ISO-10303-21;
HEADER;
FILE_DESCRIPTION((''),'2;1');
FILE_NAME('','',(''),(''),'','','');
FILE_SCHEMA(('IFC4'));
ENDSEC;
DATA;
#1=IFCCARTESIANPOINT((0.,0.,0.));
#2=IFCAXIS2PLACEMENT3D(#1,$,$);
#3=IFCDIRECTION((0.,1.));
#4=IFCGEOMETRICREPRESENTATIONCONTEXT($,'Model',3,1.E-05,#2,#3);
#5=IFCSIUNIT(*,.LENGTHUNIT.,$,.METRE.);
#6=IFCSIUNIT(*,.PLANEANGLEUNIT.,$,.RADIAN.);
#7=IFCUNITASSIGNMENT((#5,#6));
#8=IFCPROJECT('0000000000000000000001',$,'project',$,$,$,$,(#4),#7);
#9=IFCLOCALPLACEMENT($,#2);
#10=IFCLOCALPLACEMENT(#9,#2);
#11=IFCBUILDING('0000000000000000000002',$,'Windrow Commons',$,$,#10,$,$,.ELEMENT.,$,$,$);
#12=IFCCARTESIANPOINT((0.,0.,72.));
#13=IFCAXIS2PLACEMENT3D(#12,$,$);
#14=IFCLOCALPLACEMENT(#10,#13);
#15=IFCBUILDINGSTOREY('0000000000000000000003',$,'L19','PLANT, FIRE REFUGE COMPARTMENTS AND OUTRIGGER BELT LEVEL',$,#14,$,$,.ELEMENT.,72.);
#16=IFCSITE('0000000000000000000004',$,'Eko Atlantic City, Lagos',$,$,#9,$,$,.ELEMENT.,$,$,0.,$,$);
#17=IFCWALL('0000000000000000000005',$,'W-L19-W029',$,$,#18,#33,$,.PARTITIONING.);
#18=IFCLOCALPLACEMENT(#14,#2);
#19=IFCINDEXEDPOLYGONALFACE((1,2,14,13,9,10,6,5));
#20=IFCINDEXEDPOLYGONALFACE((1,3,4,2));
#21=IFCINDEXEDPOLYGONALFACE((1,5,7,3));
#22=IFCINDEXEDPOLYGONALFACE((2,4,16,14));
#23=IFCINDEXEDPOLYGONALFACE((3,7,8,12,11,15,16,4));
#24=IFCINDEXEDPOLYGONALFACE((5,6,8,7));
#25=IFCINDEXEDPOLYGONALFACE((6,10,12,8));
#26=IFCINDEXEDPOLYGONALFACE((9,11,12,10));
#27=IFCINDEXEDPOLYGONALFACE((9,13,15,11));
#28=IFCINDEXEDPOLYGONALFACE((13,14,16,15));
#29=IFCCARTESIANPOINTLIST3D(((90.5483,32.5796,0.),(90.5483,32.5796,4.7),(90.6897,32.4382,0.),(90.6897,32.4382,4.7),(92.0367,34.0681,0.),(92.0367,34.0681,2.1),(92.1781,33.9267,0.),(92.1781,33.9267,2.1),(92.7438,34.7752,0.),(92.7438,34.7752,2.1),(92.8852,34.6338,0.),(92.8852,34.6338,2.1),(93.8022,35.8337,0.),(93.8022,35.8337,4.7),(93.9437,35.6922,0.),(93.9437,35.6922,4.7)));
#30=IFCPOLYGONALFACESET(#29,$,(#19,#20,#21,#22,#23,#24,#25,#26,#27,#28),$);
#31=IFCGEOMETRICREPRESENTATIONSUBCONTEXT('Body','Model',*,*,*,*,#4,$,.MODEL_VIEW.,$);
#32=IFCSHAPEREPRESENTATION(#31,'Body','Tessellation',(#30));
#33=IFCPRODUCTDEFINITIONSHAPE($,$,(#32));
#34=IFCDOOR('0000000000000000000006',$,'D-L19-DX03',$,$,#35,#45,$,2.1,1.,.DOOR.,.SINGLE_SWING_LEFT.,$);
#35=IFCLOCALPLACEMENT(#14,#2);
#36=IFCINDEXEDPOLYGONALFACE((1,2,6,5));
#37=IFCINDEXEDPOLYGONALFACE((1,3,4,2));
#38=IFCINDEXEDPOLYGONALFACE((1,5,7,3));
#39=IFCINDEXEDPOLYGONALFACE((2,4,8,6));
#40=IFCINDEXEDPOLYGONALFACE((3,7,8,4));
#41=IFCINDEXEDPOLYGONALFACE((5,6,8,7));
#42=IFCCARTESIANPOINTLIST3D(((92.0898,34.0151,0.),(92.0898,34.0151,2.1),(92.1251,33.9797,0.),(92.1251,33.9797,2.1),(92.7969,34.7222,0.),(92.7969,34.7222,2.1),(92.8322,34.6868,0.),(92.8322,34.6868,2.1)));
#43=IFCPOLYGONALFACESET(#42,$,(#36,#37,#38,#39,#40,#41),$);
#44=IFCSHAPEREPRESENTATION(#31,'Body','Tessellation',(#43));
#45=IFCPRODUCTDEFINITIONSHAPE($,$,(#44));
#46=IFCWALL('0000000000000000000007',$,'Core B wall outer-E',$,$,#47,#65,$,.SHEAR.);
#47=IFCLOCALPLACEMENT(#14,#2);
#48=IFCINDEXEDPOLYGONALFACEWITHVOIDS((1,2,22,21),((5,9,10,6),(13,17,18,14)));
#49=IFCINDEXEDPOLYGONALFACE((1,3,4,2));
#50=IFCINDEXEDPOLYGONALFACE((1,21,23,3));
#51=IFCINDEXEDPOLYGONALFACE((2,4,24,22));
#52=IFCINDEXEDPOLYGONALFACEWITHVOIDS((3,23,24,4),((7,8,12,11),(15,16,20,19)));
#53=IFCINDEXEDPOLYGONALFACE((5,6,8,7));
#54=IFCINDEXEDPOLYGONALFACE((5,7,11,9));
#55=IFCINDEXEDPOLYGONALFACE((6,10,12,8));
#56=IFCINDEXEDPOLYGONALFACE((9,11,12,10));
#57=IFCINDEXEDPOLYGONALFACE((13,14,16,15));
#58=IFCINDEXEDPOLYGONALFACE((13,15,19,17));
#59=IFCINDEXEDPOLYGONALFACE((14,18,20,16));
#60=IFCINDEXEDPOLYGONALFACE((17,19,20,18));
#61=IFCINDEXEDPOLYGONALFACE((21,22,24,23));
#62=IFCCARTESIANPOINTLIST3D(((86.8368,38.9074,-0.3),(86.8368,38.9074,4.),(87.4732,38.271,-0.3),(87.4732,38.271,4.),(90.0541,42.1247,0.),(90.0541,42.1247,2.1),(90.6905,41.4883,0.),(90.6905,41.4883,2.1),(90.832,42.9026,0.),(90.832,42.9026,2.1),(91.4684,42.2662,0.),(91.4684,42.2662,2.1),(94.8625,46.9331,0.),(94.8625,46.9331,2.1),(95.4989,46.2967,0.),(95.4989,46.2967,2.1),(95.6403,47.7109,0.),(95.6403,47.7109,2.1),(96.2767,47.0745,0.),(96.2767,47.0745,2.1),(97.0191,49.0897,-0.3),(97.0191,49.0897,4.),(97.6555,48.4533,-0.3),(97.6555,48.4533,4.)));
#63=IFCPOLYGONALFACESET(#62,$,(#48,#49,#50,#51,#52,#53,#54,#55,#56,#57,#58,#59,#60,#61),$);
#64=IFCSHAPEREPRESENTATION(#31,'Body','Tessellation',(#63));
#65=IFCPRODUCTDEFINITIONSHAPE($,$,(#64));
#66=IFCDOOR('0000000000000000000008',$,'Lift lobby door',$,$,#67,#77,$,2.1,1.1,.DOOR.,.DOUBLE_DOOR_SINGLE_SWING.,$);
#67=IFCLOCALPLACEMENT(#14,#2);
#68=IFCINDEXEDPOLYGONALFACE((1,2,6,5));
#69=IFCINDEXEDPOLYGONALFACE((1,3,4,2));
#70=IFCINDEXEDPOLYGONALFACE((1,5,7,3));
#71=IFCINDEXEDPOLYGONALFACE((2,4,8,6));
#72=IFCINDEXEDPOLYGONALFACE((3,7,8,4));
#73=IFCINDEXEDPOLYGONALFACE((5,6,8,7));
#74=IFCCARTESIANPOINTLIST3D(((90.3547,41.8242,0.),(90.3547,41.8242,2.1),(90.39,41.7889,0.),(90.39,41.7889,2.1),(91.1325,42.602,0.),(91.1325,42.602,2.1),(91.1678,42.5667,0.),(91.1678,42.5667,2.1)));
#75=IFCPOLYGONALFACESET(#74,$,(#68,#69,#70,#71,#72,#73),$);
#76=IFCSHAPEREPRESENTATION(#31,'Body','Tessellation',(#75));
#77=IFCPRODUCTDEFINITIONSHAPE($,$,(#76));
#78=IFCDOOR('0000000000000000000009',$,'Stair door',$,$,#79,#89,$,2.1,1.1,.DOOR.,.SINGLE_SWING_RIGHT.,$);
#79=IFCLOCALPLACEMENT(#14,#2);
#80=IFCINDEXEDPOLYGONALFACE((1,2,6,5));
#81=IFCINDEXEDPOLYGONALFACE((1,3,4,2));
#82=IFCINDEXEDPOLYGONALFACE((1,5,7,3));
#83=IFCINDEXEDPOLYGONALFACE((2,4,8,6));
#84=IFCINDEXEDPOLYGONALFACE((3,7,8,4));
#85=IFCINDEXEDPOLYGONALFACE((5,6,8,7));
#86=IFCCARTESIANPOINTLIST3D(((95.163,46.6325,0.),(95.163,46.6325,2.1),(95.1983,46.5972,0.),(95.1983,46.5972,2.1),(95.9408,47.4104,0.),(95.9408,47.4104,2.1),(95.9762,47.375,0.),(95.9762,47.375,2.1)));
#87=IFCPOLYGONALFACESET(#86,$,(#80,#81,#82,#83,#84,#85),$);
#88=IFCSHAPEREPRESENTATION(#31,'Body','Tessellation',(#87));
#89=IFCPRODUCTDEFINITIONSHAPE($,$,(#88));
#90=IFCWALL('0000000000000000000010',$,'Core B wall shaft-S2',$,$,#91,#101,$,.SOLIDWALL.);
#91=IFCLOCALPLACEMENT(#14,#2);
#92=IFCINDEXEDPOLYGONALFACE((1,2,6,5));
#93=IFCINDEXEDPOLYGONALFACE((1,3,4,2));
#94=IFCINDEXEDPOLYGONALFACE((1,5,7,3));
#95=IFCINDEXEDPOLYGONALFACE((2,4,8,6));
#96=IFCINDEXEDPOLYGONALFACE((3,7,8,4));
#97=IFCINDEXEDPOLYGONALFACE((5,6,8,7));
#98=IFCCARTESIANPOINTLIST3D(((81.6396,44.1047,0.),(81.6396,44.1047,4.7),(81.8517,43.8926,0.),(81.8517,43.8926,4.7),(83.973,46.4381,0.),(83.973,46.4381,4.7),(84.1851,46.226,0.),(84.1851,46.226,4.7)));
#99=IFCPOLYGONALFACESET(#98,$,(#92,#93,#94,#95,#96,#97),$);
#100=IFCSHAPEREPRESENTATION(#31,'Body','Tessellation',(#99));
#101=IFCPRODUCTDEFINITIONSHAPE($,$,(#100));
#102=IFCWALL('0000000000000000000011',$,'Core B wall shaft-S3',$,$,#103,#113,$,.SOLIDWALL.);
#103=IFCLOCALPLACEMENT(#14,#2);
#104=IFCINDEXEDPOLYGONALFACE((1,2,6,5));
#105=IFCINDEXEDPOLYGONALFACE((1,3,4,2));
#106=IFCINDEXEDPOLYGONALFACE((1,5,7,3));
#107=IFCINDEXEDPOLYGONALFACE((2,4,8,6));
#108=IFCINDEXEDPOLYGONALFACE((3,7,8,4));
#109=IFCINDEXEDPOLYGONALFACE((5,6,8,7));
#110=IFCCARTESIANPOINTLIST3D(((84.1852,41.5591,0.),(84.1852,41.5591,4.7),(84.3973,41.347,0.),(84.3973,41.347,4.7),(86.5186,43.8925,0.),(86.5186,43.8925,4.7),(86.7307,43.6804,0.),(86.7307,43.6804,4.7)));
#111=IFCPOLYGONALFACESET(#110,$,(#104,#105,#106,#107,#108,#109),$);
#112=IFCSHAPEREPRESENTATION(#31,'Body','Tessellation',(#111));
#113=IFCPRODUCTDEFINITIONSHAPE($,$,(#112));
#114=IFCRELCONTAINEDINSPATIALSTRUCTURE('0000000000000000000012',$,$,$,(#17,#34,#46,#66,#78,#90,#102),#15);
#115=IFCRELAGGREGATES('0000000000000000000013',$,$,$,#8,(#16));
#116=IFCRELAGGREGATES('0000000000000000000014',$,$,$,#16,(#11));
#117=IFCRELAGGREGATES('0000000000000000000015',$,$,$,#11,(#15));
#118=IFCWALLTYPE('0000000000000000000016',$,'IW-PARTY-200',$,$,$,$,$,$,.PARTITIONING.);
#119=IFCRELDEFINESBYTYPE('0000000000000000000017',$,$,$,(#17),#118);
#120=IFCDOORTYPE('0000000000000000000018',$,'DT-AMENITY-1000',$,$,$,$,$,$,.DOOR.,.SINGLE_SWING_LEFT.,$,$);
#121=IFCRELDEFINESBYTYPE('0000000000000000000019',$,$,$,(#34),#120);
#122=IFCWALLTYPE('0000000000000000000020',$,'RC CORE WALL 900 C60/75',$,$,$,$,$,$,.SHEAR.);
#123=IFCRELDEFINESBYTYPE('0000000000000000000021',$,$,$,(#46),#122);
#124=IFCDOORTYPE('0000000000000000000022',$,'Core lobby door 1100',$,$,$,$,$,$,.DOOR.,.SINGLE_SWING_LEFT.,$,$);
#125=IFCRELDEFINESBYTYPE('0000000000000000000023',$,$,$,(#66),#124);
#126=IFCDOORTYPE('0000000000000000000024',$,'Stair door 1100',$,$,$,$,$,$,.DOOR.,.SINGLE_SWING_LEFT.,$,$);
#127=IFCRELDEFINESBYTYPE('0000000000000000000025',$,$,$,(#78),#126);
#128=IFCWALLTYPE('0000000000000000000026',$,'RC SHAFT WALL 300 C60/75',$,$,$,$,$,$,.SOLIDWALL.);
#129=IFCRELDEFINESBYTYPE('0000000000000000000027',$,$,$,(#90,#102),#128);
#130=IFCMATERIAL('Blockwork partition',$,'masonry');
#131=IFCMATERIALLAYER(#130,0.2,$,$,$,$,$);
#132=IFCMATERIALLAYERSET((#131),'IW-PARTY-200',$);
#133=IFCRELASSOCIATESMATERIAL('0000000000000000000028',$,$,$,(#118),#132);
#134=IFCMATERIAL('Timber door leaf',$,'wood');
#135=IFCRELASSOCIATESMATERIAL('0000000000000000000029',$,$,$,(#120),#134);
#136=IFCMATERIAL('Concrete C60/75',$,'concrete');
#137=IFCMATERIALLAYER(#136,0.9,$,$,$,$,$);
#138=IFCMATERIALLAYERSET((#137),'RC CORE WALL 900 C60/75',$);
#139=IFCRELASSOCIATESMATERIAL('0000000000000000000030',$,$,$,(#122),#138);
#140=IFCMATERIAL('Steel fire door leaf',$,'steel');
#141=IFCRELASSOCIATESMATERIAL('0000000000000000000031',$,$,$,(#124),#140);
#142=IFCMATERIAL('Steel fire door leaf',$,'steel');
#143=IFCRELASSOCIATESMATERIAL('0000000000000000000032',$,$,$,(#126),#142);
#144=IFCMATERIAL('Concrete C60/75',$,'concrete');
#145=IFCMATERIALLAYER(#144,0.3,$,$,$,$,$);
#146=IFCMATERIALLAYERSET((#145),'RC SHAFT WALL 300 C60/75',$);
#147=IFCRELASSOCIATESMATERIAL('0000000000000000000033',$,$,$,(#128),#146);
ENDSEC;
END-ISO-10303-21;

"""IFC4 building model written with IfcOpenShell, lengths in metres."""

from ifc_helpers import new_model, si_unit, direction, frame, frame_2d, origin, place, context, subcontext, project, spatial, rectangle, extrude, material, layer, layer_set, type_object, element, fill, save


model = new_model("IFC4")

# Units and contexts
model_context = context("Model", 3, precision=1e-05, world=origin(), true_north=direction((0.0, 1.0)))
body_context = subcontext(model_context, "Body", "Model", "MODEL_VIEW")
ifc_project = project(units=[si_unit("LENGTHUNIT", "METRE"), si_unit("PLANEANGLEUNIT", "RADIAN")], contexts=[model_context])

# Site, building, storey
site_placement = place(None, origin())
site = spatial("IfcSite", under=ifc_project, at=site_placement, Name="Eko Atlantic City, Lagos", CompositionType="ELEMENT", RefElevation=0.0)
building_placement = place(site_placement, origin())
building = spatial("IfcBuilding", under=site, at=building_placement, Name="Windrow Commons", CompositionType="ELEMENT")
storey_placement = place(building_placement, frame((0.0, 0.0, 72.0)))
storey = spatial("IfcBuildingStorey", under=building, at=storey_placement, Name="L19", Description="PLANT, FIRE REFUGE COMPARTMENTS AND OUTRIGGER BELT LEVEL", CompositionType="ELEMENT", Elevation=72.0)

# Shared definitions
ifc_material_1 = material(Name="Blockwork partition", Category="masonry")
ifc_layer_1 = layer(ifc_material_1, 0.2)
ifc_layer_set_1 = layer_set([ifc_layer_1], Name="IW-PARTY-200")
wall_type_1 = type_object("IfcWallType", Name="IW-PARTY-200", PredefinedType="PARTITIONING", material=ifc_layer_set_1)

# Wall, opening, door
wall_1_placement = place(storey_placement, frame((90.619, 32.5089, 0.0), z_axis=(0.0, 0.0, 1.0), x_axis=(0.707096, 0.707118, 0.0)))
wall_1 = element("IfcWall", 1, at=wall_1_placement, inside=storey, type_object=wall_type_1, Name="W-L19-W029", PredefinedType="PARTITIONING", context=body_context, shape_type="SweptSolid", body=[
    extrude(rectangle(XDim=4.6019, YDim=0.2, at=frame_2d((2.3009, 0.0))), origin(), (0.0, 0.0, 1.0), 4.7),
])
opening_1_placement = place(wall_1_placement, frame((2.105, 0.0, 0.0)))
opening_1 = element("IfcOpeningElement", 2, at=opening_1_placement, cuts=wall_1, PredefinedType="OPENING", context=body_context, shape_type="SweptSolid", body=[
    extrude(rectangle(XDim=1.0, YDim=2.1, at=frame_2d((0.5, 1.05))), frame((0.0, 0.11, 0.0), z_axis=(0.0, -1.0, 0.0), x_axis=(1.0, 0.0, 0.0)), (0.0, 0.0, 1.0), 0.22),
])
ifc_material_2 = material(Name="Timber door leaf", Category="wood")
door_type_1 = type_object("IfcDoorType", Name="DT-AMENITY-1000", OperationType="SINGLE_SWING_LEFT", PredefinedType="DOOR", material=ifc_material_2)
door_1_placement = place(opening_1_placement, origin())
door_1 = element("IfcDoor", 3, at=door_1_placement, inside=storey, type_object=door_type_1, Name="D-L19-DX03", OperationType="SINGLE_SWING_LEFT", OverallHeight=2.1, OverallWidth=1.0, PredefinedType="DOOR", context=body_context, shape_type="SweptSolid", body=[
    extrude(rectangle(XDim=1.0, YDim=2.1, at=frame_2d((0.5, 1.05))), frame((0.0, 0.025, 0.0), z_axis=(0.0, -1.0, 0.0), x_axis=(1.0, 0.0, 0.0)), (0.0, 0.0, 1.0), 0.05),
])
fill(opening_1, door_1)

# Wall, openings, doors
ifc_material_3 = material(Name="Concrete C60/75", Category="concrete")
ifc_layer_2 = layer(ifc_material_3, 0.9)
ifc_layer_set_2 = layer_set([ifc_layer_2], Name="RC CORE WALL 900 C60/75")
wall_type_2 = type_object("IfcWallType", Name="RC CORE WALL 900 C60/75", PredefinedType="SHEAR", material=ifc_layer_set_2)
wall_2_placement = place(storey_placement, frame((87.155, 38.5892, -0.3), z_axis=(0.0, 0.0, 1.0), x_axis=(0.707107, 0.707107, 0.0)))
wall_2 = element("IfcWall", 4, at=wall_2_placement, inside=storey, type_object=wall_type_2, Name="Core B wall outer-E", PredefinedType="SHEAR", context=body_context, shape_type="SweptSolid", body=[
    extrude(rectangle(XDim=14.3999, YDim=0.9, at=frame_2d((7.2, 0.0))), origin(), (0.0, 0.0, 1.0), 4.3),
])
opening_2_placement = place(wall_2_placement, frame((4.55, 0.0, 0.3)))
opening_2 = element("IfcOpeningElement", 5, at=opening_2_placement, cuts=wall_2, PredefinedType="OPENING", context=body_context, shape_type="SweptSolid", body=[
    extrude(rectangle(XDim=1.1, YDim=2.1, at=frame_2d((0.55, 1.05))), frame((0.0, 0.46, 0.0), z_axis=(0.0, -1.0, 0.0), x_axis=(1.0, 0.0, 0.0)), (0.0, 0.0, 1.0), 0.92),
])
opening_3_placement = place(wall_2_placement, frame((11.35, 0.0, 0.3)))
opening_3 = element("IfcOpeningElement", 6, at=opening_3_placement, cuts=wall_2, PredefinedType="OPENING", context=body_context, shape_type="SweptSolid", body=[
    extrude(rectangle(XDim=1.1, YDim=2.1, at=frame_2d((0.55, 1.05))), frame((0.0, 0.46, 0.0), z_axis=(0.0, -1.0, 0.0), x_axis=(1.0, 0.0, 0.0)), (0.0, 0.0, 1.0), 0.92),
])
ifc_material_4 = material(Name="Steel fire door leaf", Category="steel")
door_type_2 = type_object("IfcDoorType", Name="Core lobby door 1100", OperationType="SINGLE_SWING_LEFT", PredefinedType="DOOR", material=ifc_material_4)
door_2_placement = place(opening_2_placement, origin())
door_2 = element("IfcDoor", 7, at=door_2_placement, inside=storey, type_object=door_type_2, Name="Lift lobby door", OperationType="DOUBLE_DOOR_SINGLE_SWING", OverallHeight=2.1, OverallWidth=1.1, PredefinedType="DOOR", context=body_context, shape_type="SweptSolid", body=[
    extrude(rectangle(XDim=1.1, YDim=2.1, at=frame_2d((0.55, 1.05))), frame((0.0, 0.025, 0.0), z_axis=(0.0, -1.0, 0.0), x_axis=(1.0, 0.0, 0.0)), (0.0, 0.0, 1.0), 0.05),
])
fill(opening_2, door_2)
ifc_material_5 = material(Name="Steel fire door leaf", Category="steel")
door_type_3 = type_object("IfcDoorType", Name="Stair door 1100", OperationType="SINGLE_SWING_LEFT", PredefinedType="DOOR", material=ifc_material_5)
door_3_placement = place(opening_3_placement, origin())
door_3 = element("IfcDoor", 8, at=door_3_placement, inside=storey, type_object=door_type_3, Name="Stair door", OperationType="SINGLE_SWING_RIGHT", OverallHeight=2.1, OverallWidth=1.1, PredefinedType="DOOR", context=body_context, shape_type="SweptSolid", body=[
    extrude(rectangle(XDim=1.1, YDim=2.1, at=frame_2d((0.55, 1.05))), frame((0.0, 0.025, 0.0), z_axis=(0.0, -1.0, 0.0), x_axis=(1.0, 0.0, 0.0)), (0.0, 0.0, 1.0), 0.05),
])
fill(opening_3, door_3)

# Walls
ifc_material_6 = material(Name="Concrete C60/75", Category="concrete")
ifc_layer_3 = layer(ifc_material_6, 0.3)
ifc_layer_set_3 = layer_set([ifc_layer_3], Name="RC SHAFT WALL 300 C60/75")
wall_type_3 = type_object("IfcWallType", Name="RC SHAFT WALL 300 C60/75", PredefinedType="SOLIDWALL", material=ifc_layer_set_3)
for number, where, z_axis, x_axis, name in (
    (9, (81.7456, 43.9986, 0.0), (0.0, 0.0, 1.0), (0.707107, 0.707107, 0.0), "Core B wall shaft-S2"),
    (10, (84.2912, 41.453, 0.0), (0.0, 0.0, 1.0), (0.707107, 0.707107, 0.0), "Core B wall shaft-S3"),
):
    element("IfcWall", number, at=place(storey_placement, frame(where, z_axis=z_axis, x_axis=x_axis)), inside=storey, type_object=wall_type_3, Name=name, PredefinedType="SOLIDWALL", context=body_context, shape_type="SweptSolid", body=[
        extrude(rectangle(XDim=3.2999, YDim=0.3, at=frame_2d((1.65, 0.0))), origin(), (0.0, 0.0, 1.0), 4.7),
    ])

save(model, "model.ifc")
